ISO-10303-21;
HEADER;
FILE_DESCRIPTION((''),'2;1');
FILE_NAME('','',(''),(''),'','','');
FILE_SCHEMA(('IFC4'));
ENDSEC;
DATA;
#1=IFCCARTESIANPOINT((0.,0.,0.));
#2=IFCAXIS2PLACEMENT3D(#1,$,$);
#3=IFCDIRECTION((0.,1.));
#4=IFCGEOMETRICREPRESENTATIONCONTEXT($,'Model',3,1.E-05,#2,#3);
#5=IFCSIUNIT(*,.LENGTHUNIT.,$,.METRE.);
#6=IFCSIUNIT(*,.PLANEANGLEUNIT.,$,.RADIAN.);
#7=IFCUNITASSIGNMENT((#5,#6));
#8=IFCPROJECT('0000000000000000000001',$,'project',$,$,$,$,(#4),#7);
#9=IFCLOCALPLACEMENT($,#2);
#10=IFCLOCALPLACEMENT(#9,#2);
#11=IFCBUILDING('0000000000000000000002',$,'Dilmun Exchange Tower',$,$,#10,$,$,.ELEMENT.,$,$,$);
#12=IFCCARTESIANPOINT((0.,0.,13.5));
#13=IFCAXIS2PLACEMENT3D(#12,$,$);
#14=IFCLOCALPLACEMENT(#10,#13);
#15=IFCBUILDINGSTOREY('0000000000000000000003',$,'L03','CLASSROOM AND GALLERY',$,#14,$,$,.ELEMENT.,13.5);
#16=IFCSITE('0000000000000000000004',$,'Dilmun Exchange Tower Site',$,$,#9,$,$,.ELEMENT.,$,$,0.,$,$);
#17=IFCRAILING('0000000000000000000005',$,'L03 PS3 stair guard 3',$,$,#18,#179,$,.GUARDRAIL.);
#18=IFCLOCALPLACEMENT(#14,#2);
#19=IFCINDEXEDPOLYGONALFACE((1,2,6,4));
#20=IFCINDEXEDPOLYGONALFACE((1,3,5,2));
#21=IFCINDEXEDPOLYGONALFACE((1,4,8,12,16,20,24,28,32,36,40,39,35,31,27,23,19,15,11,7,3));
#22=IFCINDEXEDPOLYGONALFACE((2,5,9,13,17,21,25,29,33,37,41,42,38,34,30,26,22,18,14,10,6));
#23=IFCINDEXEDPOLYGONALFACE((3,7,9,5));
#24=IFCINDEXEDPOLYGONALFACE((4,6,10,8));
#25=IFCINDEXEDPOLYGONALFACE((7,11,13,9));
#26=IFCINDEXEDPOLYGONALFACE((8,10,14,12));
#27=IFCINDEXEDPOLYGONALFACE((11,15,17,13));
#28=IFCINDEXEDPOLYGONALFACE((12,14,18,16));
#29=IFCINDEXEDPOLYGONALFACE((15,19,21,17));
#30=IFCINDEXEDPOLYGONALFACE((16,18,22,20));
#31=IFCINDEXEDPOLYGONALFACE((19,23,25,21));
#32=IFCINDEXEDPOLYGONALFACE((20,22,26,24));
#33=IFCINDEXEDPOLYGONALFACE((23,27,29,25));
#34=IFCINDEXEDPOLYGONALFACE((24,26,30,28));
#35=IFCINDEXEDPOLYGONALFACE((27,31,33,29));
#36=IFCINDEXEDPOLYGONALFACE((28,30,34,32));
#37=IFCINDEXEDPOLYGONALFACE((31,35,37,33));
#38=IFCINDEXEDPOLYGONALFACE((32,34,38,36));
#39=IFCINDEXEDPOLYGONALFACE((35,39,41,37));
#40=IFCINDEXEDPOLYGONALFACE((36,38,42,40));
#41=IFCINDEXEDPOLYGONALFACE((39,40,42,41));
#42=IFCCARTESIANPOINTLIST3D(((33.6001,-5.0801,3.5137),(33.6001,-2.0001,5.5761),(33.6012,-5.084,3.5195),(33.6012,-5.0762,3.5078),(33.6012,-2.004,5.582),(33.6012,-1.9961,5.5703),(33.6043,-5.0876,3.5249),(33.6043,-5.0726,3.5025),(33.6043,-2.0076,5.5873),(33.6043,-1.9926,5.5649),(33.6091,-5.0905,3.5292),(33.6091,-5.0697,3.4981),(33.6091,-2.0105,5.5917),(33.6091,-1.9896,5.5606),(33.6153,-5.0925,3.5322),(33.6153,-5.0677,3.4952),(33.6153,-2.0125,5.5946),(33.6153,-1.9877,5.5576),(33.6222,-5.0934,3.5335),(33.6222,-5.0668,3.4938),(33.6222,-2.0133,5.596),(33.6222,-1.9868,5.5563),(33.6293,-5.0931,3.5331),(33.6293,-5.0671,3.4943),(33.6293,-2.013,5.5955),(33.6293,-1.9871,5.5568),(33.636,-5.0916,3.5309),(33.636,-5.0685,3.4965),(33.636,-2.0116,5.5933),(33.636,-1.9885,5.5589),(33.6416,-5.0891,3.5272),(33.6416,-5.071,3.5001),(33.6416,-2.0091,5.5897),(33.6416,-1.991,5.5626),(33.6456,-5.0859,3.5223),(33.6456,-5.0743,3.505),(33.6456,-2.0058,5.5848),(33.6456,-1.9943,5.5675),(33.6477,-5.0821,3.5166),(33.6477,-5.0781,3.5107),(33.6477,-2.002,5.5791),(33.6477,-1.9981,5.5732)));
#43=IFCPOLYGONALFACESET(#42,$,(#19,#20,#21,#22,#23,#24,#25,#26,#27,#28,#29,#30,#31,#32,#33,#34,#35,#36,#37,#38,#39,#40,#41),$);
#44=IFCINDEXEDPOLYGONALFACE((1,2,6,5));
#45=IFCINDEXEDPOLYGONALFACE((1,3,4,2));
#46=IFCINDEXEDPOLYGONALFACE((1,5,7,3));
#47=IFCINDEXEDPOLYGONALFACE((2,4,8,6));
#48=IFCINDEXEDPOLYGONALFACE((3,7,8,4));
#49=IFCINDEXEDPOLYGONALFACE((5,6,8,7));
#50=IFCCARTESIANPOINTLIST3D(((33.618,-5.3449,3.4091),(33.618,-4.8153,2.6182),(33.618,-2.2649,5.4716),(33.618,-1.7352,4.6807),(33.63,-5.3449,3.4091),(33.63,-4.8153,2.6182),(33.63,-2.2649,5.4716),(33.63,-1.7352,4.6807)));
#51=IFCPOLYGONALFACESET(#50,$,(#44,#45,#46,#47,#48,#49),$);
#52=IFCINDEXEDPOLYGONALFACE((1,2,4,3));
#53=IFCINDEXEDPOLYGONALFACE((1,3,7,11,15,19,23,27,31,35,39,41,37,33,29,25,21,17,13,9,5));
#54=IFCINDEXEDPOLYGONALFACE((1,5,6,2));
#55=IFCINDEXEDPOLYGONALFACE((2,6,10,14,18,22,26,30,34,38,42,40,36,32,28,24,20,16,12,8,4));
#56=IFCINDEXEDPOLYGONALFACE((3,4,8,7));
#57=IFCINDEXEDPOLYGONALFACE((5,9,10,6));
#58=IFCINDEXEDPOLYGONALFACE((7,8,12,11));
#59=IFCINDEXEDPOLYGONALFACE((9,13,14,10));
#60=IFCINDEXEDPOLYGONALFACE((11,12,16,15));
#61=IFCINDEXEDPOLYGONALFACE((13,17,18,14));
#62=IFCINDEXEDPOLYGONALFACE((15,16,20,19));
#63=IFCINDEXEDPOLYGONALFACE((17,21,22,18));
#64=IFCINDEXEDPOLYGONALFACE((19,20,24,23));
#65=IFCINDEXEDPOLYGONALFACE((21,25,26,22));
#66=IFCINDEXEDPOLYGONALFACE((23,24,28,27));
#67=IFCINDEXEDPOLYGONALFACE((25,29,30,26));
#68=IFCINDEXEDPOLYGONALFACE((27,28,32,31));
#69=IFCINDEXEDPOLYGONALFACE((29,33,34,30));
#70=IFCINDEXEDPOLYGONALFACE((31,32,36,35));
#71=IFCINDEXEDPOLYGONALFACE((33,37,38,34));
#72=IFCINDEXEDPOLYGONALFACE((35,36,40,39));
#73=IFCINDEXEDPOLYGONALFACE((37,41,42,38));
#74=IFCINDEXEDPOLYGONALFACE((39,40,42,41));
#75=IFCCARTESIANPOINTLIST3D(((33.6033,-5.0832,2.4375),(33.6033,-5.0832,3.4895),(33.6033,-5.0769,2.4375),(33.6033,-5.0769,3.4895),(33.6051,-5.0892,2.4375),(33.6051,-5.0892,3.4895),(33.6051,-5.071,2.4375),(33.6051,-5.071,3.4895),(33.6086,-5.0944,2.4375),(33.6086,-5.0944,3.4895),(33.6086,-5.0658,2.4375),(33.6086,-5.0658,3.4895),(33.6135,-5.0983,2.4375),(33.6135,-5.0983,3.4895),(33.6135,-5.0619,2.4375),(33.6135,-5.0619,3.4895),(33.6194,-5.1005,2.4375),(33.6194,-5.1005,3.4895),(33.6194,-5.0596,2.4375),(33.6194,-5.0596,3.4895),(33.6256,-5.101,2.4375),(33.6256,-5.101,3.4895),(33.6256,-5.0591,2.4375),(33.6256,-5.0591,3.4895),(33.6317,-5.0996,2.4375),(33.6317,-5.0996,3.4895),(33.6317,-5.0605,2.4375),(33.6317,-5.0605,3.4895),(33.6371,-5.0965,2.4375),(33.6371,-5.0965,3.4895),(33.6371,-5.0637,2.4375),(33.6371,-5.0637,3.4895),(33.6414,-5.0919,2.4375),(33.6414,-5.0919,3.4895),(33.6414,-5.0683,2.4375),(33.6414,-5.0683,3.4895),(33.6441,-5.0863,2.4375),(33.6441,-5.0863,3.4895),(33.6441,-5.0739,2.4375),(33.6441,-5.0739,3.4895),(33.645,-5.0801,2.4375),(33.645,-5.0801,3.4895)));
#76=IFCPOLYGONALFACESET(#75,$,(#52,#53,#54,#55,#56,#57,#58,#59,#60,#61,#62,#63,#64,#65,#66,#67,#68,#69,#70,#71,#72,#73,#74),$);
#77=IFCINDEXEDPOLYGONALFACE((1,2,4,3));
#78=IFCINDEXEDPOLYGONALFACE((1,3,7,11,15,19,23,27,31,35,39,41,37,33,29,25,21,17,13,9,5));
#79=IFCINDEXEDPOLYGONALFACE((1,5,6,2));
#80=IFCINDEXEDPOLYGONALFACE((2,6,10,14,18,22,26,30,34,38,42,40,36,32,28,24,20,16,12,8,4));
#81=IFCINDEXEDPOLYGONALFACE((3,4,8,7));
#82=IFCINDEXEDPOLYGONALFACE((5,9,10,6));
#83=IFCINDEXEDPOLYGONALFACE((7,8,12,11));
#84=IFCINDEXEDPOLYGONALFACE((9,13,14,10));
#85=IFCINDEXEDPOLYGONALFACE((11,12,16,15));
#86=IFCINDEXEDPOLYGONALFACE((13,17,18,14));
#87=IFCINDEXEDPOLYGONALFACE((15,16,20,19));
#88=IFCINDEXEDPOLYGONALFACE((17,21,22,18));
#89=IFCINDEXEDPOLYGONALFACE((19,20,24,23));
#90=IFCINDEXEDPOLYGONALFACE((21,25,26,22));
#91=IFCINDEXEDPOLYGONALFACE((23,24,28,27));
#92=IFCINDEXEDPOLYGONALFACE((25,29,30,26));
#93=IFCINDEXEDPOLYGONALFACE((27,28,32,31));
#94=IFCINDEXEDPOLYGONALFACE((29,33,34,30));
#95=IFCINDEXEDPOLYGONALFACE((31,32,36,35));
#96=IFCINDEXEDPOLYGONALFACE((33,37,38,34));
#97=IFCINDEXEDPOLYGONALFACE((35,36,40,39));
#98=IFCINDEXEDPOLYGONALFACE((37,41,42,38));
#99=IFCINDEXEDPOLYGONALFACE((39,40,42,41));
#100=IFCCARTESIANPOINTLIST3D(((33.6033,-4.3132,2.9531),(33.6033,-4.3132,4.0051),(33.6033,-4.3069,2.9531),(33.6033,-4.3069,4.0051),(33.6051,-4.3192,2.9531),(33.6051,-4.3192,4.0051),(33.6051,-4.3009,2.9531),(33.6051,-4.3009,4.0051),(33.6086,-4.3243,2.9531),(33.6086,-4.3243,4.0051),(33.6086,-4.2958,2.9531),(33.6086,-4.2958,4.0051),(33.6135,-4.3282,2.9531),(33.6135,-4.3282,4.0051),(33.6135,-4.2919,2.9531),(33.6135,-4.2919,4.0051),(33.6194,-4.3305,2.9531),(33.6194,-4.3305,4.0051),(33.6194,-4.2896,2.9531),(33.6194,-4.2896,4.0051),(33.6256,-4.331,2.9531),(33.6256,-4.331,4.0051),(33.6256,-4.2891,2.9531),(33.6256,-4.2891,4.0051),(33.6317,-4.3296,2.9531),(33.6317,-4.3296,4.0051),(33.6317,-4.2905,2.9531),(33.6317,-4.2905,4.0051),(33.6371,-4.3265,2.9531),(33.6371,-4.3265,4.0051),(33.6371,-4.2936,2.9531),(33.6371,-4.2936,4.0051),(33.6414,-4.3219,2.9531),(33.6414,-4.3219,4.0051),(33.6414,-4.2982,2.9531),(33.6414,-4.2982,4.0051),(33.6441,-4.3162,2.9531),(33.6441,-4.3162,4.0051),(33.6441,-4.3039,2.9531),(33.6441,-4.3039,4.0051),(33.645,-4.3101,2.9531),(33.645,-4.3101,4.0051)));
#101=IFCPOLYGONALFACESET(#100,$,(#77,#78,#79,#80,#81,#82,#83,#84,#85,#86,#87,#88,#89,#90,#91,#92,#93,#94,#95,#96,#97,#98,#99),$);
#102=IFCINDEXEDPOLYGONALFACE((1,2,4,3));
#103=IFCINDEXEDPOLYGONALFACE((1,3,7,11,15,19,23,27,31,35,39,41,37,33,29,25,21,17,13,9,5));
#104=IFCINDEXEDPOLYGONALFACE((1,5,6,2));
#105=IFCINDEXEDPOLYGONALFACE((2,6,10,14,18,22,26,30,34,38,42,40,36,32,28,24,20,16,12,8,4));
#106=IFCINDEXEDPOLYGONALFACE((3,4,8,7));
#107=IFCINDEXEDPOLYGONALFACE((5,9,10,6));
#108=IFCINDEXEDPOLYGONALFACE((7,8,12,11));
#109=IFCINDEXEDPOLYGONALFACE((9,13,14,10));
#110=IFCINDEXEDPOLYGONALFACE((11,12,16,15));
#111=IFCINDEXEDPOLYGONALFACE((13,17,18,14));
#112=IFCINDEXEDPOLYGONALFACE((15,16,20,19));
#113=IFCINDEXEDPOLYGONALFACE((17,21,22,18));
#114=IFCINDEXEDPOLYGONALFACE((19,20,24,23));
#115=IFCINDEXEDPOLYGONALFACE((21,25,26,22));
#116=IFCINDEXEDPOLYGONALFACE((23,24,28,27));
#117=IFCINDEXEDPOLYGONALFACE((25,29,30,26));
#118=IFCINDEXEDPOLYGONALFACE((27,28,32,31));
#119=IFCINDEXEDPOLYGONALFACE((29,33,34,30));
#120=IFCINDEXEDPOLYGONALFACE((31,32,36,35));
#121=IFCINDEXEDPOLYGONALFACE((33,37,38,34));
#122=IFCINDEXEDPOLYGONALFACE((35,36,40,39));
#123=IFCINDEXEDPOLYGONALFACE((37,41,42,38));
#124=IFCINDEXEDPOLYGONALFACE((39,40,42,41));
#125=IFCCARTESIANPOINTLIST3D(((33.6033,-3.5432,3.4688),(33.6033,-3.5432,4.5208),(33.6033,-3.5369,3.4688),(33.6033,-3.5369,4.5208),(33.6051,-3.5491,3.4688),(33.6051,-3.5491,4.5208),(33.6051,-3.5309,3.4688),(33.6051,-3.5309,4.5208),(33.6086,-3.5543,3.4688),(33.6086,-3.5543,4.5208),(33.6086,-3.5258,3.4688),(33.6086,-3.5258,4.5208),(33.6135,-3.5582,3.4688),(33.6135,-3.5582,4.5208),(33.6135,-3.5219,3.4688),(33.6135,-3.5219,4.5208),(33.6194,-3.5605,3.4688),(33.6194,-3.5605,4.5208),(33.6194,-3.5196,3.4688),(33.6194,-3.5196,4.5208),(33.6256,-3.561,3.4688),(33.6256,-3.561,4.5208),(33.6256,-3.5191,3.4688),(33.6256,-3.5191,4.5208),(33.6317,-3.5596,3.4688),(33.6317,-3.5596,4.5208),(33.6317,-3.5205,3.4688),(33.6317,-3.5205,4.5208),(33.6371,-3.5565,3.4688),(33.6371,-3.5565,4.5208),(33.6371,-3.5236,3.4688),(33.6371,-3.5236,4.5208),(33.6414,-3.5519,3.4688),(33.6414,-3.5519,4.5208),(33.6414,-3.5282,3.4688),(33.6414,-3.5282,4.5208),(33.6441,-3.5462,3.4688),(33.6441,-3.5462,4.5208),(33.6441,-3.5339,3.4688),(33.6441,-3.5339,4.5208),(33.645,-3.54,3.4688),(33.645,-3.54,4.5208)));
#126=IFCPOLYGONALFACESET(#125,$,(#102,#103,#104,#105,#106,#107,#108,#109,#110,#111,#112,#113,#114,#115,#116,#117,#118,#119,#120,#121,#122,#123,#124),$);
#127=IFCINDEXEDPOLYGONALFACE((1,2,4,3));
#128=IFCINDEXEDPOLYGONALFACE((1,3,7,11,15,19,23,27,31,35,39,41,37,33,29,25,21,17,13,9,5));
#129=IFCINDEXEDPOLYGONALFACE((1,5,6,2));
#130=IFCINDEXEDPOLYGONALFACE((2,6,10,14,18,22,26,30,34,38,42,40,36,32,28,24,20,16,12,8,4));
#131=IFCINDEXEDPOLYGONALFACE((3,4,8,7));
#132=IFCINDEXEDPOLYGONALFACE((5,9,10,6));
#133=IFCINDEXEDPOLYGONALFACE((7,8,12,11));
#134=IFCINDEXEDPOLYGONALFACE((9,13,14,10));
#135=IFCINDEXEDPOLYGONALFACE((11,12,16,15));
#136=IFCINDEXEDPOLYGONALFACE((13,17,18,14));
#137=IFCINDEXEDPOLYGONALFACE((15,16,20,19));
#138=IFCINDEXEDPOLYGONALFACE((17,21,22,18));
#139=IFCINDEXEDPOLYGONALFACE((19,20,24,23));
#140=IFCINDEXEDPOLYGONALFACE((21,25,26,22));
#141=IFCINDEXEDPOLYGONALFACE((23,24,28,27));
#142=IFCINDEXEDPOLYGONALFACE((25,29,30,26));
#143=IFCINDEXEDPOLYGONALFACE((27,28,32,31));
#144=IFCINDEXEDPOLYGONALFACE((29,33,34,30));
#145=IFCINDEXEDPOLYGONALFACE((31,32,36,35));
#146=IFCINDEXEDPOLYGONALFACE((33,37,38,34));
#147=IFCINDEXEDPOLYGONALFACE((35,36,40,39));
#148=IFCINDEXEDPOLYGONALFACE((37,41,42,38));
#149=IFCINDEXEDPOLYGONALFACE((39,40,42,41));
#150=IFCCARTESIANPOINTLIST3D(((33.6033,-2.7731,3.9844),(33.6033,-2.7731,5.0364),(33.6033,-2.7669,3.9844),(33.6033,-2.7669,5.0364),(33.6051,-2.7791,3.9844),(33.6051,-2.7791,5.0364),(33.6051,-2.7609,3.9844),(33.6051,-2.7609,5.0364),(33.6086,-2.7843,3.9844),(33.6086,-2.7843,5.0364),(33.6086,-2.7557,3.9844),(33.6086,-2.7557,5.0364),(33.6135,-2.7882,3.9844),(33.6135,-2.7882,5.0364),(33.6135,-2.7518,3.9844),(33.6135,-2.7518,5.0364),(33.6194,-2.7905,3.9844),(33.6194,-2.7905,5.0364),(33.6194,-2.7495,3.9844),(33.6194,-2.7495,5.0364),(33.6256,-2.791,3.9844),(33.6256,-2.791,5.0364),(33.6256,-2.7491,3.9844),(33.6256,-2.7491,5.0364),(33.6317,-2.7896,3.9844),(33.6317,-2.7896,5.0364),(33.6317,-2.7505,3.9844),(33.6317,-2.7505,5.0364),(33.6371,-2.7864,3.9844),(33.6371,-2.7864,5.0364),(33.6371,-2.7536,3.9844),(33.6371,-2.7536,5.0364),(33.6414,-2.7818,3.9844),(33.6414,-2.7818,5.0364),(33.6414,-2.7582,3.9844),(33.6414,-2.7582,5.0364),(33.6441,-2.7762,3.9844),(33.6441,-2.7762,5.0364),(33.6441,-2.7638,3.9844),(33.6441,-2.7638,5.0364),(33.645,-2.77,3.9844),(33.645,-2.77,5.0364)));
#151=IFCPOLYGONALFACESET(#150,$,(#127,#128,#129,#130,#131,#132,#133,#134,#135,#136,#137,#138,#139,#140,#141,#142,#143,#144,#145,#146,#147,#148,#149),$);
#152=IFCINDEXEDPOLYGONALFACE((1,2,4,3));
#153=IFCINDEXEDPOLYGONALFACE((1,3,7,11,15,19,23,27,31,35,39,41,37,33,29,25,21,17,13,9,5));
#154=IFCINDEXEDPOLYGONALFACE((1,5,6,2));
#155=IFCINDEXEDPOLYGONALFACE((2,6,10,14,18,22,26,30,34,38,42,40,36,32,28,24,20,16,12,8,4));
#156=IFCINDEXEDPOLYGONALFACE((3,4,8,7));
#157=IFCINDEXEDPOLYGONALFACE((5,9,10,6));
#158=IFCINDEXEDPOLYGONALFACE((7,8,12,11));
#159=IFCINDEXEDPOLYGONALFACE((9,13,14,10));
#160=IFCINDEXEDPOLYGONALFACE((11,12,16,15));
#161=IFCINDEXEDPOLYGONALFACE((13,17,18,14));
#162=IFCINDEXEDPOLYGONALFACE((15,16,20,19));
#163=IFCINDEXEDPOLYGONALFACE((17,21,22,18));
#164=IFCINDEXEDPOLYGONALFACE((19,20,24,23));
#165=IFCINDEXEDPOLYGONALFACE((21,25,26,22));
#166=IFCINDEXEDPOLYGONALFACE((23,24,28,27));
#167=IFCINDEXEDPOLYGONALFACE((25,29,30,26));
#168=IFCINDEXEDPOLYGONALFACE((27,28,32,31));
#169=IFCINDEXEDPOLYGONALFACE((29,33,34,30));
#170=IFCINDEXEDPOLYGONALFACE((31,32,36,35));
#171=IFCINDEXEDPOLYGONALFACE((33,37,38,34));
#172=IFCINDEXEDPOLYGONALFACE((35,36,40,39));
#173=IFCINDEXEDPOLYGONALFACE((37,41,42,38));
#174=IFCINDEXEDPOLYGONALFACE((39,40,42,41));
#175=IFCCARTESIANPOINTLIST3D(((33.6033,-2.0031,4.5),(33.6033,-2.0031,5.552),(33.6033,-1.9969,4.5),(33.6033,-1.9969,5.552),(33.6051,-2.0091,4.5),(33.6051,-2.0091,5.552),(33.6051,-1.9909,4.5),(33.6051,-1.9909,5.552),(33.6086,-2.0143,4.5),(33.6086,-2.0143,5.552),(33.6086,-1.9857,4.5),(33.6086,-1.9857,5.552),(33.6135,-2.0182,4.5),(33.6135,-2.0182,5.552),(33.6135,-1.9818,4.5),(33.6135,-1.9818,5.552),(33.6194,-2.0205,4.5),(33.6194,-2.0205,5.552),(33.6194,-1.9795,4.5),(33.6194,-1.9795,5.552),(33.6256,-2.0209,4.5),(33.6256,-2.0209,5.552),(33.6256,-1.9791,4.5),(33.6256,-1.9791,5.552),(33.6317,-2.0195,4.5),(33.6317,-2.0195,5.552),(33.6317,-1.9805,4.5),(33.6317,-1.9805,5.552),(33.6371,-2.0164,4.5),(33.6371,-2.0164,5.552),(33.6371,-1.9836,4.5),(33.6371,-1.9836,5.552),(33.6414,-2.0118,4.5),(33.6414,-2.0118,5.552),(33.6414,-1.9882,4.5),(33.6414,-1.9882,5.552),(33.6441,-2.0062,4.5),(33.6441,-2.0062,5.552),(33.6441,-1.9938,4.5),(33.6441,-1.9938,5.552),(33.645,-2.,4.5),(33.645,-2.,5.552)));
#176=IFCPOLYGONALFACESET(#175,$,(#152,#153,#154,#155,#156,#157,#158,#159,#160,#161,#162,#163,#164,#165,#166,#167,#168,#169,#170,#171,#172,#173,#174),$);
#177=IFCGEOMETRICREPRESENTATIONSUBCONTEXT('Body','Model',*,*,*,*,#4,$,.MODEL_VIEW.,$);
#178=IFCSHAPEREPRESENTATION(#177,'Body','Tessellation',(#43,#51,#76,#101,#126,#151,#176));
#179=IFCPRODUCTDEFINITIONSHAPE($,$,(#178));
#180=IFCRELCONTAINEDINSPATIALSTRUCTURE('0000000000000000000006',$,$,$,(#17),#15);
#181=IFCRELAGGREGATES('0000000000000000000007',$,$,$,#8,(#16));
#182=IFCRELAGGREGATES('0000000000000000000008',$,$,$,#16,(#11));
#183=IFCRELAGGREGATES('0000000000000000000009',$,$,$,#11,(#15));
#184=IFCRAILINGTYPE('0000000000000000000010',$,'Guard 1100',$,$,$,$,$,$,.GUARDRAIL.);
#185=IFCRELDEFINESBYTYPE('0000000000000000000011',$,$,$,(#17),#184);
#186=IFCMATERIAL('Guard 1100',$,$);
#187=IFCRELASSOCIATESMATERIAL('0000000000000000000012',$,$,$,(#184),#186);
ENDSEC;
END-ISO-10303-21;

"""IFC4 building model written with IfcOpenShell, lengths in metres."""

from ifc_helpers import new_model, si_unit, direction, frame, origin, origin_2d, place, context, subcontext, project, spatial, rectangle, circle, extrude, material, type_object, element, save


model = new_model("IFC4")

# Units and contexts
model_context = context("Model", 3, precision=1e-05, world=origin(), true_north=direction((0.0, 1.0)))
body_context = subcontext(model_context, "Body", "Model", "MODEL_VIEW")
ifc_project = project(units=[si_unit("LENGTHUNIT", "METRE"), si_unit("PLANEANGLEUNIT", "RADIAN")], contexts=[model_context])

# Site, building, storey
site_placement = place(None, origin())
site = spatial("IfcSite", under=ifc_project, at=site_placement, Name="Dilmun Exchange Tower Site", CompositionType="ELEMENT", RefElevation=0.0)
building_placement = place(site_placement, origin())
building = spatial("IfcBuilding", under=site, at=building_placement, Name="Dilmun Exchange Tower", CompositionType="ELEMENT")
storey_placement = place(building_placement, frame((0.0, 0.0, 13.5)))
storey = spatial("IfcBuildingStorey", under=building, at=storey_placement, Name="L03", Description="CLASSROOM AND GALLERY", CompositionType="ELEMENT", Elevation=13.5)

# Railing
ifc_material_1 = material(Name="Guard 1100")
railing_type_1 = type_object("IfcRailingType", Name="Guard 1100", PredefinedType="GUARDRAIL", material=ifc_material_1)
railing_1_placement = place(storey_placement, frame((33.624, -5.0801, 2.4375)))
element("IfcRailing", 1, at=railing_1_placement, inside=storey, type_object=railing_type_1, Name="L03 PS3 stair guard 3", PredefinedType="GUARDRAIL", context=body_context, shape_type="SweptSolid", body=[
    extrude(circle(Radius=0.0239, at=origin_2d()), frame((0.0, 0.0, 1.0762), z_axis=(0.0, 0.830914, 0.556401), x_axis=(-1.0, 0.0, 0.0)), (0.0, 0.0, 1.0), 3.7068),
    extrude(rectangle(XDim=0.012, YDim=0.9519, at=origin_2d()), frame((0.0, 0.0, 0.5762), z_axis=(0.0, 0.830914, 0.556401), x_axis=(-1.0, 0.0, 0.0)), (0.0, 0.0, 1.0), 3.7068),
    extrude(circle(Radius=0.021, at=origin_2d()), origin(), (0.0, 0.0, 1.0), 1.052),
    extrude(circle(Radius=0.021, at=origin_2d()), frame((0.0, 0.77, 0.5156)), (0.0, 0.0, 1.0), 1.052),
    extrude(circle(Radius=0.021, at=origin_2d()), frame((0.0, 1.54, 1.0312)), (0.0, 0.0, 1.0), 1.052),
    extrude(circle(Radius=0.021, at=origin_2d()), frame((0.0, 2.3101, 1.5469)), (0.0, 0.0, 1.0), 1.052),
    extrude(circle(Radius=0.021, at=origin_2d()), frame((0.0, 3.0801, 2.0625)), (0.0, 0.0, 1.0), 1.052),
])

save(model, "model.ifc")
